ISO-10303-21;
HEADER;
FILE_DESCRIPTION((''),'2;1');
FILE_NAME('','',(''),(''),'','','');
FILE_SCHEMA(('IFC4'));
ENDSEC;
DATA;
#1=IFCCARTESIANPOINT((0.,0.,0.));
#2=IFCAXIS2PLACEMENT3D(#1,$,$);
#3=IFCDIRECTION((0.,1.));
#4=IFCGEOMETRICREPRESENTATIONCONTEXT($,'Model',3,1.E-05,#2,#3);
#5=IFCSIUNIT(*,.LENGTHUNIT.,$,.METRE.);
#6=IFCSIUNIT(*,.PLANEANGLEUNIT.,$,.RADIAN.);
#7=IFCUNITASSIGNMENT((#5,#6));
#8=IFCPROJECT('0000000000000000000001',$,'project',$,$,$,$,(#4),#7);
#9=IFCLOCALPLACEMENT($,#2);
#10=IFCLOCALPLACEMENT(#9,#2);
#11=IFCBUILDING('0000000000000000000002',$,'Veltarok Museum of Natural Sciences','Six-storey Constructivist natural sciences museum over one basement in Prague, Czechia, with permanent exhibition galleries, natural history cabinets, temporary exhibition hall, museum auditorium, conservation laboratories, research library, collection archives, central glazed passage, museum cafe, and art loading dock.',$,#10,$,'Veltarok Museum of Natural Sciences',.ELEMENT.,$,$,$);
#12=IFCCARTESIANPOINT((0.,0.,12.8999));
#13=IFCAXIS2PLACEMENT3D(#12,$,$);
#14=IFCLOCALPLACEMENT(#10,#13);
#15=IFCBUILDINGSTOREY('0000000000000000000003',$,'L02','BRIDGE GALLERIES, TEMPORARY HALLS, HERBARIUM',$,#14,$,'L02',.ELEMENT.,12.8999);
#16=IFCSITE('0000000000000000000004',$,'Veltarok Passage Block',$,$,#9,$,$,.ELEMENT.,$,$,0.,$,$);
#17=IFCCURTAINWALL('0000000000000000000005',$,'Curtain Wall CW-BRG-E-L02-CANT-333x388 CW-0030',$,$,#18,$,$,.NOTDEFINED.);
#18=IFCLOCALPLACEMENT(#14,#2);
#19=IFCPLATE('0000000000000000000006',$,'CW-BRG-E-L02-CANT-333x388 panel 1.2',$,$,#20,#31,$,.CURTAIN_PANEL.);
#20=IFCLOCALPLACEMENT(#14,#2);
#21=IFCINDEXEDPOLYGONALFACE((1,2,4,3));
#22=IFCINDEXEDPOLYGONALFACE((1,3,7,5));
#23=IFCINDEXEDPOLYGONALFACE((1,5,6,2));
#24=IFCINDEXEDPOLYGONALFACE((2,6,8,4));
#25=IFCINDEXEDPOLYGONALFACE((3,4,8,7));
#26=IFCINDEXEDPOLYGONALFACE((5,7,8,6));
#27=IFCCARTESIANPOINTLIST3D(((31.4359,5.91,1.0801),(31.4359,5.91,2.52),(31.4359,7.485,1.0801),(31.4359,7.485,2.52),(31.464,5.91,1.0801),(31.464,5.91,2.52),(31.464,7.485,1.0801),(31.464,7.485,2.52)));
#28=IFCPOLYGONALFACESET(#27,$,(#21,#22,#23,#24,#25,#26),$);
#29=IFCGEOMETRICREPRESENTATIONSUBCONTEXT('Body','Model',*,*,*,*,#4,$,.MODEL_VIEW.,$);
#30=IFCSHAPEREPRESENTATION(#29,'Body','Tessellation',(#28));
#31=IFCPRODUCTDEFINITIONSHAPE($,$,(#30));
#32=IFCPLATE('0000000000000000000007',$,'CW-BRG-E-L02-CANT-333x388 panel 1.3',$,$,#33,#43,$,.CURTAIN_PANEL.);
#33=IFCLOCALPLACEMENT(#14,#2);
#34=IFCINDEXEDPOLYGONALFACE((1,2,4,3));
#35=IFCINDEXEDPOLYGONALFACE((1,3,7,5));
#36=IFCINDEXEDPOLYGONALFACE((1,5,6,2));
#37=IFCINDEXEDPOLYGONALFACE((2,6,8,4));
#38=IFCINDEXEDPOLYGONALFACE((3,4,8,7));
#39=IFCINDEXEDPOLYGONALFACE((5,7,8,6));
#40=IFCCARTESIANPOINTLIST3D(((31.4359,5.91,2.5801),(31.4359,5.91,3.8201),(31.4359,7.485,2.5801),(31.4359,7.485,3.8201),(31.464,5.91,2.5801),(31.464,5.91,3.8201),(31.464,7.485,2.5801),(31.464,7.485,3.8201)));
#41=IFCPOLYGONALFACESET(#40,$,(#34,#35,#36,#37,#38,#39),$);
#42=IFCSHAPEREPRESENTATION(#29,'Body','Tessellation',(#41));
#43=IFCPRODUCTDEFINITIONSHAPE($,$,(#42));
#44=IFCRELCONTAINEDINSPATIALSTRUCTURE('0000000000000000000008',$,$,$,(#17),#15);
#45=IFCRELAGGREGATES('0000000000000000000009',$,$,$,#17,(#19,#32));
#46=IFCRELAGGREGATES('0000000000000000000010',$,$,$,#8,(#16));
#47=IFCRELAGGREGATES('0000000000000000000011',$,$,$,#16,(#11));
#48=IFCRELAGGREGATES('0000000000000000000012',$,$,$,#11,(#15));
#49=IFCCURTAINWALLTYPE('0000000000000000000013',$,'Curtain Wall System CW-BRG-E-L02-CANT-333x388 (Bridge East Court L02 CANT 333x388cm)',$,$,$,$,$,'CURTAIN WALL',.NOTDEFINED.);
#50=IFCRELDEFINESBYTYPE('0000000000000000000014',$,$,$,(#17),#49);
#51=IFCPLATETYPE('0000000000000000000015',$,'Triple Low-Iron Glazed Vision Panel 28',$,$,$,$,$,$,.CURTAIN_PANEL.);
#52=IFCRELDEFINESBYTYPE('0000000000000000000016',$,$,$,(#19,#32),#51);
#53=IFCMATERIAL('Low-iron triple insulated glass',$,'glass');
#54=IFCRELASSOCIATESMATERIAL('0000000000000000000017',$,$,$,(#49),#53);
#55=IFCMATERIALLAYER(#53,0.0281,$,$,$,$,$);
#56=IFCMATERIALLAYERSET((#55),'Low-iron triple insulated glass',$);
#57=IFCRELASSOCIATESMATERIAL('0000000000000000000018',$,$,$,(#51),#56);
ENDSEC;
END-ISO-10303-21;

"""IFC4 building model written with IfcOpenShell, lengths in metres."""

from ifc_helpers import new_model, si_unit, direction, frame, origin, origin_2d, place, context, subcontext, project, spatial, rectangle, extrude, material, layer, layer_set, type_object, element, aggregate, save


model = new_model("IFC4")

# Units and contexts
model_context = context("Model", 3, precision=1e-05, world=origin(), true_north=direction((0.0, 1.0)))
body_context = subcontext(model_context, "Body", "Model", "MODEL_VIEW")
ifc_project = project(units=[si_unit("LENGTHUNIT", "METRE"), si_unit("PLANEANGLEUNIT", "RADIAN")], contexts=[model_context])

# Site, building, storey
site_placement = place(None, origin())
site = spatial("IfcSite", under=ifc_project, at=site_placement, Name="Veltarok Passage Block", CompositionType="ELEMENT", RefElevation=0.0)
building_placement = place(site_placement, origin())
building = spatial("IfcBuilding", under=site, at=building_placement, Name="Veltarok Museum of Natural Sciences", Description="Six-storey Constructivist natural sciences museum over one basement in Prague, Czechia, with permanent exhibition galleries, natural history cabinets, temporary exhibition hall, museum auditorium, conservation laboratories, research library, collection archives, central glazed passage, museum cafe, and art loading dock.", LongName="Veltarok Museum of Natural Sciences", CompositionType="ELEMENT")
storey_placement = place(building_placement, frame((0.0, 0.0, 12.8999)))
storey = spatial("IfcBuildingStorey", under=building, at=storey_placement, Name="L02", Description="BRIDGE GALLERIES, TEMPORARY HALLS, HERBARIUM", LongName="L02", CompositionType="ELEMENT", Elevation=12.8999)

# Curtain wall
ifc_material_1 = material(Name="Low-iron triple insulated glass", Category="glass")
curtain_wall_type_1 = type_object("IfcCurtainWallType", Name="Curtain Wall System CW-BRG-E-L02-CANT-333x388 (Bridge East Court L02 CANT 333x388cm)", ElementType="CURTAIN WALL", PredefinedType="NOTDEFINED", material=ifc_material_1)
curtain_wall_1_placement = place(storey_placement, origin())
curtain_wall_1 = element("IfcCurtainWall", 1, at=curtain_wall_1_placement, inside=storey, type_object=curtain_wall_type_1, Name="Curtain Wall CW-BRG-E-L02-CANT-333x388 CW-0030", PredefinedType="NOTDEFINED")

# Plates
ifc_layer = layer(ifc_material_1, 0.0281)
ifc_layer_set = layer_set([ifc_layer], Name="Low-iron triple insulated glass")
plate_type = type_object("IfcPlateType", Name="Triple Low-Iron Glazed Vision Panel 28", PredefinedType="CURTAIN_PANEL", material=ifc_layer_set)
plate_1_placement = place(storey_placement, frame((31.45, 6.6975, 1.0801), z_axis=(0.0, 0.0, 1.0), x_axis=(0.0, 1.0, 0.0)))
plate_1 = element("IfcPlate", 2, at=plate_1_placement, type_object=plate_type, Name="CW-BRG-E-L02-CANT-333x388 panel 1.2", PredefinedType="CURTAIN_PANEL", context=body_context, shape_type="SweptSolid", body=[
    extrude(rectangle(XDim=1.575, YDim=0.0281, at=origin_2d()), origin(), (0.0, 0.0, 1.0), 1.4399),
])
plate_2_placement = place(storey_placement, frame((31.45, 6.6975, 2.5801), z_axis=(0.0, 0.0, 1.0), x_axis=(0.0, 1.0, 0.0)))
plate_2 = element("IfcPlate", 3, at=plate_2_placement, type_object=plate_type, Name="CW-BRG-E-L02-CANT-333x388 panel 1.3", PredefinedType="CURTAIN_PANEL", context=body_context, shape_type="SweptSolid", body=[
    extrude(rectangle(XDim=1.575, YDim=0.0281, at=origin_2d()), origin(), (0.0, 0.0, 1.0), 1.24),
])
aggregate(curtain_wall_1, [plate_1, plate_2])

save(model, "model.ifc")
